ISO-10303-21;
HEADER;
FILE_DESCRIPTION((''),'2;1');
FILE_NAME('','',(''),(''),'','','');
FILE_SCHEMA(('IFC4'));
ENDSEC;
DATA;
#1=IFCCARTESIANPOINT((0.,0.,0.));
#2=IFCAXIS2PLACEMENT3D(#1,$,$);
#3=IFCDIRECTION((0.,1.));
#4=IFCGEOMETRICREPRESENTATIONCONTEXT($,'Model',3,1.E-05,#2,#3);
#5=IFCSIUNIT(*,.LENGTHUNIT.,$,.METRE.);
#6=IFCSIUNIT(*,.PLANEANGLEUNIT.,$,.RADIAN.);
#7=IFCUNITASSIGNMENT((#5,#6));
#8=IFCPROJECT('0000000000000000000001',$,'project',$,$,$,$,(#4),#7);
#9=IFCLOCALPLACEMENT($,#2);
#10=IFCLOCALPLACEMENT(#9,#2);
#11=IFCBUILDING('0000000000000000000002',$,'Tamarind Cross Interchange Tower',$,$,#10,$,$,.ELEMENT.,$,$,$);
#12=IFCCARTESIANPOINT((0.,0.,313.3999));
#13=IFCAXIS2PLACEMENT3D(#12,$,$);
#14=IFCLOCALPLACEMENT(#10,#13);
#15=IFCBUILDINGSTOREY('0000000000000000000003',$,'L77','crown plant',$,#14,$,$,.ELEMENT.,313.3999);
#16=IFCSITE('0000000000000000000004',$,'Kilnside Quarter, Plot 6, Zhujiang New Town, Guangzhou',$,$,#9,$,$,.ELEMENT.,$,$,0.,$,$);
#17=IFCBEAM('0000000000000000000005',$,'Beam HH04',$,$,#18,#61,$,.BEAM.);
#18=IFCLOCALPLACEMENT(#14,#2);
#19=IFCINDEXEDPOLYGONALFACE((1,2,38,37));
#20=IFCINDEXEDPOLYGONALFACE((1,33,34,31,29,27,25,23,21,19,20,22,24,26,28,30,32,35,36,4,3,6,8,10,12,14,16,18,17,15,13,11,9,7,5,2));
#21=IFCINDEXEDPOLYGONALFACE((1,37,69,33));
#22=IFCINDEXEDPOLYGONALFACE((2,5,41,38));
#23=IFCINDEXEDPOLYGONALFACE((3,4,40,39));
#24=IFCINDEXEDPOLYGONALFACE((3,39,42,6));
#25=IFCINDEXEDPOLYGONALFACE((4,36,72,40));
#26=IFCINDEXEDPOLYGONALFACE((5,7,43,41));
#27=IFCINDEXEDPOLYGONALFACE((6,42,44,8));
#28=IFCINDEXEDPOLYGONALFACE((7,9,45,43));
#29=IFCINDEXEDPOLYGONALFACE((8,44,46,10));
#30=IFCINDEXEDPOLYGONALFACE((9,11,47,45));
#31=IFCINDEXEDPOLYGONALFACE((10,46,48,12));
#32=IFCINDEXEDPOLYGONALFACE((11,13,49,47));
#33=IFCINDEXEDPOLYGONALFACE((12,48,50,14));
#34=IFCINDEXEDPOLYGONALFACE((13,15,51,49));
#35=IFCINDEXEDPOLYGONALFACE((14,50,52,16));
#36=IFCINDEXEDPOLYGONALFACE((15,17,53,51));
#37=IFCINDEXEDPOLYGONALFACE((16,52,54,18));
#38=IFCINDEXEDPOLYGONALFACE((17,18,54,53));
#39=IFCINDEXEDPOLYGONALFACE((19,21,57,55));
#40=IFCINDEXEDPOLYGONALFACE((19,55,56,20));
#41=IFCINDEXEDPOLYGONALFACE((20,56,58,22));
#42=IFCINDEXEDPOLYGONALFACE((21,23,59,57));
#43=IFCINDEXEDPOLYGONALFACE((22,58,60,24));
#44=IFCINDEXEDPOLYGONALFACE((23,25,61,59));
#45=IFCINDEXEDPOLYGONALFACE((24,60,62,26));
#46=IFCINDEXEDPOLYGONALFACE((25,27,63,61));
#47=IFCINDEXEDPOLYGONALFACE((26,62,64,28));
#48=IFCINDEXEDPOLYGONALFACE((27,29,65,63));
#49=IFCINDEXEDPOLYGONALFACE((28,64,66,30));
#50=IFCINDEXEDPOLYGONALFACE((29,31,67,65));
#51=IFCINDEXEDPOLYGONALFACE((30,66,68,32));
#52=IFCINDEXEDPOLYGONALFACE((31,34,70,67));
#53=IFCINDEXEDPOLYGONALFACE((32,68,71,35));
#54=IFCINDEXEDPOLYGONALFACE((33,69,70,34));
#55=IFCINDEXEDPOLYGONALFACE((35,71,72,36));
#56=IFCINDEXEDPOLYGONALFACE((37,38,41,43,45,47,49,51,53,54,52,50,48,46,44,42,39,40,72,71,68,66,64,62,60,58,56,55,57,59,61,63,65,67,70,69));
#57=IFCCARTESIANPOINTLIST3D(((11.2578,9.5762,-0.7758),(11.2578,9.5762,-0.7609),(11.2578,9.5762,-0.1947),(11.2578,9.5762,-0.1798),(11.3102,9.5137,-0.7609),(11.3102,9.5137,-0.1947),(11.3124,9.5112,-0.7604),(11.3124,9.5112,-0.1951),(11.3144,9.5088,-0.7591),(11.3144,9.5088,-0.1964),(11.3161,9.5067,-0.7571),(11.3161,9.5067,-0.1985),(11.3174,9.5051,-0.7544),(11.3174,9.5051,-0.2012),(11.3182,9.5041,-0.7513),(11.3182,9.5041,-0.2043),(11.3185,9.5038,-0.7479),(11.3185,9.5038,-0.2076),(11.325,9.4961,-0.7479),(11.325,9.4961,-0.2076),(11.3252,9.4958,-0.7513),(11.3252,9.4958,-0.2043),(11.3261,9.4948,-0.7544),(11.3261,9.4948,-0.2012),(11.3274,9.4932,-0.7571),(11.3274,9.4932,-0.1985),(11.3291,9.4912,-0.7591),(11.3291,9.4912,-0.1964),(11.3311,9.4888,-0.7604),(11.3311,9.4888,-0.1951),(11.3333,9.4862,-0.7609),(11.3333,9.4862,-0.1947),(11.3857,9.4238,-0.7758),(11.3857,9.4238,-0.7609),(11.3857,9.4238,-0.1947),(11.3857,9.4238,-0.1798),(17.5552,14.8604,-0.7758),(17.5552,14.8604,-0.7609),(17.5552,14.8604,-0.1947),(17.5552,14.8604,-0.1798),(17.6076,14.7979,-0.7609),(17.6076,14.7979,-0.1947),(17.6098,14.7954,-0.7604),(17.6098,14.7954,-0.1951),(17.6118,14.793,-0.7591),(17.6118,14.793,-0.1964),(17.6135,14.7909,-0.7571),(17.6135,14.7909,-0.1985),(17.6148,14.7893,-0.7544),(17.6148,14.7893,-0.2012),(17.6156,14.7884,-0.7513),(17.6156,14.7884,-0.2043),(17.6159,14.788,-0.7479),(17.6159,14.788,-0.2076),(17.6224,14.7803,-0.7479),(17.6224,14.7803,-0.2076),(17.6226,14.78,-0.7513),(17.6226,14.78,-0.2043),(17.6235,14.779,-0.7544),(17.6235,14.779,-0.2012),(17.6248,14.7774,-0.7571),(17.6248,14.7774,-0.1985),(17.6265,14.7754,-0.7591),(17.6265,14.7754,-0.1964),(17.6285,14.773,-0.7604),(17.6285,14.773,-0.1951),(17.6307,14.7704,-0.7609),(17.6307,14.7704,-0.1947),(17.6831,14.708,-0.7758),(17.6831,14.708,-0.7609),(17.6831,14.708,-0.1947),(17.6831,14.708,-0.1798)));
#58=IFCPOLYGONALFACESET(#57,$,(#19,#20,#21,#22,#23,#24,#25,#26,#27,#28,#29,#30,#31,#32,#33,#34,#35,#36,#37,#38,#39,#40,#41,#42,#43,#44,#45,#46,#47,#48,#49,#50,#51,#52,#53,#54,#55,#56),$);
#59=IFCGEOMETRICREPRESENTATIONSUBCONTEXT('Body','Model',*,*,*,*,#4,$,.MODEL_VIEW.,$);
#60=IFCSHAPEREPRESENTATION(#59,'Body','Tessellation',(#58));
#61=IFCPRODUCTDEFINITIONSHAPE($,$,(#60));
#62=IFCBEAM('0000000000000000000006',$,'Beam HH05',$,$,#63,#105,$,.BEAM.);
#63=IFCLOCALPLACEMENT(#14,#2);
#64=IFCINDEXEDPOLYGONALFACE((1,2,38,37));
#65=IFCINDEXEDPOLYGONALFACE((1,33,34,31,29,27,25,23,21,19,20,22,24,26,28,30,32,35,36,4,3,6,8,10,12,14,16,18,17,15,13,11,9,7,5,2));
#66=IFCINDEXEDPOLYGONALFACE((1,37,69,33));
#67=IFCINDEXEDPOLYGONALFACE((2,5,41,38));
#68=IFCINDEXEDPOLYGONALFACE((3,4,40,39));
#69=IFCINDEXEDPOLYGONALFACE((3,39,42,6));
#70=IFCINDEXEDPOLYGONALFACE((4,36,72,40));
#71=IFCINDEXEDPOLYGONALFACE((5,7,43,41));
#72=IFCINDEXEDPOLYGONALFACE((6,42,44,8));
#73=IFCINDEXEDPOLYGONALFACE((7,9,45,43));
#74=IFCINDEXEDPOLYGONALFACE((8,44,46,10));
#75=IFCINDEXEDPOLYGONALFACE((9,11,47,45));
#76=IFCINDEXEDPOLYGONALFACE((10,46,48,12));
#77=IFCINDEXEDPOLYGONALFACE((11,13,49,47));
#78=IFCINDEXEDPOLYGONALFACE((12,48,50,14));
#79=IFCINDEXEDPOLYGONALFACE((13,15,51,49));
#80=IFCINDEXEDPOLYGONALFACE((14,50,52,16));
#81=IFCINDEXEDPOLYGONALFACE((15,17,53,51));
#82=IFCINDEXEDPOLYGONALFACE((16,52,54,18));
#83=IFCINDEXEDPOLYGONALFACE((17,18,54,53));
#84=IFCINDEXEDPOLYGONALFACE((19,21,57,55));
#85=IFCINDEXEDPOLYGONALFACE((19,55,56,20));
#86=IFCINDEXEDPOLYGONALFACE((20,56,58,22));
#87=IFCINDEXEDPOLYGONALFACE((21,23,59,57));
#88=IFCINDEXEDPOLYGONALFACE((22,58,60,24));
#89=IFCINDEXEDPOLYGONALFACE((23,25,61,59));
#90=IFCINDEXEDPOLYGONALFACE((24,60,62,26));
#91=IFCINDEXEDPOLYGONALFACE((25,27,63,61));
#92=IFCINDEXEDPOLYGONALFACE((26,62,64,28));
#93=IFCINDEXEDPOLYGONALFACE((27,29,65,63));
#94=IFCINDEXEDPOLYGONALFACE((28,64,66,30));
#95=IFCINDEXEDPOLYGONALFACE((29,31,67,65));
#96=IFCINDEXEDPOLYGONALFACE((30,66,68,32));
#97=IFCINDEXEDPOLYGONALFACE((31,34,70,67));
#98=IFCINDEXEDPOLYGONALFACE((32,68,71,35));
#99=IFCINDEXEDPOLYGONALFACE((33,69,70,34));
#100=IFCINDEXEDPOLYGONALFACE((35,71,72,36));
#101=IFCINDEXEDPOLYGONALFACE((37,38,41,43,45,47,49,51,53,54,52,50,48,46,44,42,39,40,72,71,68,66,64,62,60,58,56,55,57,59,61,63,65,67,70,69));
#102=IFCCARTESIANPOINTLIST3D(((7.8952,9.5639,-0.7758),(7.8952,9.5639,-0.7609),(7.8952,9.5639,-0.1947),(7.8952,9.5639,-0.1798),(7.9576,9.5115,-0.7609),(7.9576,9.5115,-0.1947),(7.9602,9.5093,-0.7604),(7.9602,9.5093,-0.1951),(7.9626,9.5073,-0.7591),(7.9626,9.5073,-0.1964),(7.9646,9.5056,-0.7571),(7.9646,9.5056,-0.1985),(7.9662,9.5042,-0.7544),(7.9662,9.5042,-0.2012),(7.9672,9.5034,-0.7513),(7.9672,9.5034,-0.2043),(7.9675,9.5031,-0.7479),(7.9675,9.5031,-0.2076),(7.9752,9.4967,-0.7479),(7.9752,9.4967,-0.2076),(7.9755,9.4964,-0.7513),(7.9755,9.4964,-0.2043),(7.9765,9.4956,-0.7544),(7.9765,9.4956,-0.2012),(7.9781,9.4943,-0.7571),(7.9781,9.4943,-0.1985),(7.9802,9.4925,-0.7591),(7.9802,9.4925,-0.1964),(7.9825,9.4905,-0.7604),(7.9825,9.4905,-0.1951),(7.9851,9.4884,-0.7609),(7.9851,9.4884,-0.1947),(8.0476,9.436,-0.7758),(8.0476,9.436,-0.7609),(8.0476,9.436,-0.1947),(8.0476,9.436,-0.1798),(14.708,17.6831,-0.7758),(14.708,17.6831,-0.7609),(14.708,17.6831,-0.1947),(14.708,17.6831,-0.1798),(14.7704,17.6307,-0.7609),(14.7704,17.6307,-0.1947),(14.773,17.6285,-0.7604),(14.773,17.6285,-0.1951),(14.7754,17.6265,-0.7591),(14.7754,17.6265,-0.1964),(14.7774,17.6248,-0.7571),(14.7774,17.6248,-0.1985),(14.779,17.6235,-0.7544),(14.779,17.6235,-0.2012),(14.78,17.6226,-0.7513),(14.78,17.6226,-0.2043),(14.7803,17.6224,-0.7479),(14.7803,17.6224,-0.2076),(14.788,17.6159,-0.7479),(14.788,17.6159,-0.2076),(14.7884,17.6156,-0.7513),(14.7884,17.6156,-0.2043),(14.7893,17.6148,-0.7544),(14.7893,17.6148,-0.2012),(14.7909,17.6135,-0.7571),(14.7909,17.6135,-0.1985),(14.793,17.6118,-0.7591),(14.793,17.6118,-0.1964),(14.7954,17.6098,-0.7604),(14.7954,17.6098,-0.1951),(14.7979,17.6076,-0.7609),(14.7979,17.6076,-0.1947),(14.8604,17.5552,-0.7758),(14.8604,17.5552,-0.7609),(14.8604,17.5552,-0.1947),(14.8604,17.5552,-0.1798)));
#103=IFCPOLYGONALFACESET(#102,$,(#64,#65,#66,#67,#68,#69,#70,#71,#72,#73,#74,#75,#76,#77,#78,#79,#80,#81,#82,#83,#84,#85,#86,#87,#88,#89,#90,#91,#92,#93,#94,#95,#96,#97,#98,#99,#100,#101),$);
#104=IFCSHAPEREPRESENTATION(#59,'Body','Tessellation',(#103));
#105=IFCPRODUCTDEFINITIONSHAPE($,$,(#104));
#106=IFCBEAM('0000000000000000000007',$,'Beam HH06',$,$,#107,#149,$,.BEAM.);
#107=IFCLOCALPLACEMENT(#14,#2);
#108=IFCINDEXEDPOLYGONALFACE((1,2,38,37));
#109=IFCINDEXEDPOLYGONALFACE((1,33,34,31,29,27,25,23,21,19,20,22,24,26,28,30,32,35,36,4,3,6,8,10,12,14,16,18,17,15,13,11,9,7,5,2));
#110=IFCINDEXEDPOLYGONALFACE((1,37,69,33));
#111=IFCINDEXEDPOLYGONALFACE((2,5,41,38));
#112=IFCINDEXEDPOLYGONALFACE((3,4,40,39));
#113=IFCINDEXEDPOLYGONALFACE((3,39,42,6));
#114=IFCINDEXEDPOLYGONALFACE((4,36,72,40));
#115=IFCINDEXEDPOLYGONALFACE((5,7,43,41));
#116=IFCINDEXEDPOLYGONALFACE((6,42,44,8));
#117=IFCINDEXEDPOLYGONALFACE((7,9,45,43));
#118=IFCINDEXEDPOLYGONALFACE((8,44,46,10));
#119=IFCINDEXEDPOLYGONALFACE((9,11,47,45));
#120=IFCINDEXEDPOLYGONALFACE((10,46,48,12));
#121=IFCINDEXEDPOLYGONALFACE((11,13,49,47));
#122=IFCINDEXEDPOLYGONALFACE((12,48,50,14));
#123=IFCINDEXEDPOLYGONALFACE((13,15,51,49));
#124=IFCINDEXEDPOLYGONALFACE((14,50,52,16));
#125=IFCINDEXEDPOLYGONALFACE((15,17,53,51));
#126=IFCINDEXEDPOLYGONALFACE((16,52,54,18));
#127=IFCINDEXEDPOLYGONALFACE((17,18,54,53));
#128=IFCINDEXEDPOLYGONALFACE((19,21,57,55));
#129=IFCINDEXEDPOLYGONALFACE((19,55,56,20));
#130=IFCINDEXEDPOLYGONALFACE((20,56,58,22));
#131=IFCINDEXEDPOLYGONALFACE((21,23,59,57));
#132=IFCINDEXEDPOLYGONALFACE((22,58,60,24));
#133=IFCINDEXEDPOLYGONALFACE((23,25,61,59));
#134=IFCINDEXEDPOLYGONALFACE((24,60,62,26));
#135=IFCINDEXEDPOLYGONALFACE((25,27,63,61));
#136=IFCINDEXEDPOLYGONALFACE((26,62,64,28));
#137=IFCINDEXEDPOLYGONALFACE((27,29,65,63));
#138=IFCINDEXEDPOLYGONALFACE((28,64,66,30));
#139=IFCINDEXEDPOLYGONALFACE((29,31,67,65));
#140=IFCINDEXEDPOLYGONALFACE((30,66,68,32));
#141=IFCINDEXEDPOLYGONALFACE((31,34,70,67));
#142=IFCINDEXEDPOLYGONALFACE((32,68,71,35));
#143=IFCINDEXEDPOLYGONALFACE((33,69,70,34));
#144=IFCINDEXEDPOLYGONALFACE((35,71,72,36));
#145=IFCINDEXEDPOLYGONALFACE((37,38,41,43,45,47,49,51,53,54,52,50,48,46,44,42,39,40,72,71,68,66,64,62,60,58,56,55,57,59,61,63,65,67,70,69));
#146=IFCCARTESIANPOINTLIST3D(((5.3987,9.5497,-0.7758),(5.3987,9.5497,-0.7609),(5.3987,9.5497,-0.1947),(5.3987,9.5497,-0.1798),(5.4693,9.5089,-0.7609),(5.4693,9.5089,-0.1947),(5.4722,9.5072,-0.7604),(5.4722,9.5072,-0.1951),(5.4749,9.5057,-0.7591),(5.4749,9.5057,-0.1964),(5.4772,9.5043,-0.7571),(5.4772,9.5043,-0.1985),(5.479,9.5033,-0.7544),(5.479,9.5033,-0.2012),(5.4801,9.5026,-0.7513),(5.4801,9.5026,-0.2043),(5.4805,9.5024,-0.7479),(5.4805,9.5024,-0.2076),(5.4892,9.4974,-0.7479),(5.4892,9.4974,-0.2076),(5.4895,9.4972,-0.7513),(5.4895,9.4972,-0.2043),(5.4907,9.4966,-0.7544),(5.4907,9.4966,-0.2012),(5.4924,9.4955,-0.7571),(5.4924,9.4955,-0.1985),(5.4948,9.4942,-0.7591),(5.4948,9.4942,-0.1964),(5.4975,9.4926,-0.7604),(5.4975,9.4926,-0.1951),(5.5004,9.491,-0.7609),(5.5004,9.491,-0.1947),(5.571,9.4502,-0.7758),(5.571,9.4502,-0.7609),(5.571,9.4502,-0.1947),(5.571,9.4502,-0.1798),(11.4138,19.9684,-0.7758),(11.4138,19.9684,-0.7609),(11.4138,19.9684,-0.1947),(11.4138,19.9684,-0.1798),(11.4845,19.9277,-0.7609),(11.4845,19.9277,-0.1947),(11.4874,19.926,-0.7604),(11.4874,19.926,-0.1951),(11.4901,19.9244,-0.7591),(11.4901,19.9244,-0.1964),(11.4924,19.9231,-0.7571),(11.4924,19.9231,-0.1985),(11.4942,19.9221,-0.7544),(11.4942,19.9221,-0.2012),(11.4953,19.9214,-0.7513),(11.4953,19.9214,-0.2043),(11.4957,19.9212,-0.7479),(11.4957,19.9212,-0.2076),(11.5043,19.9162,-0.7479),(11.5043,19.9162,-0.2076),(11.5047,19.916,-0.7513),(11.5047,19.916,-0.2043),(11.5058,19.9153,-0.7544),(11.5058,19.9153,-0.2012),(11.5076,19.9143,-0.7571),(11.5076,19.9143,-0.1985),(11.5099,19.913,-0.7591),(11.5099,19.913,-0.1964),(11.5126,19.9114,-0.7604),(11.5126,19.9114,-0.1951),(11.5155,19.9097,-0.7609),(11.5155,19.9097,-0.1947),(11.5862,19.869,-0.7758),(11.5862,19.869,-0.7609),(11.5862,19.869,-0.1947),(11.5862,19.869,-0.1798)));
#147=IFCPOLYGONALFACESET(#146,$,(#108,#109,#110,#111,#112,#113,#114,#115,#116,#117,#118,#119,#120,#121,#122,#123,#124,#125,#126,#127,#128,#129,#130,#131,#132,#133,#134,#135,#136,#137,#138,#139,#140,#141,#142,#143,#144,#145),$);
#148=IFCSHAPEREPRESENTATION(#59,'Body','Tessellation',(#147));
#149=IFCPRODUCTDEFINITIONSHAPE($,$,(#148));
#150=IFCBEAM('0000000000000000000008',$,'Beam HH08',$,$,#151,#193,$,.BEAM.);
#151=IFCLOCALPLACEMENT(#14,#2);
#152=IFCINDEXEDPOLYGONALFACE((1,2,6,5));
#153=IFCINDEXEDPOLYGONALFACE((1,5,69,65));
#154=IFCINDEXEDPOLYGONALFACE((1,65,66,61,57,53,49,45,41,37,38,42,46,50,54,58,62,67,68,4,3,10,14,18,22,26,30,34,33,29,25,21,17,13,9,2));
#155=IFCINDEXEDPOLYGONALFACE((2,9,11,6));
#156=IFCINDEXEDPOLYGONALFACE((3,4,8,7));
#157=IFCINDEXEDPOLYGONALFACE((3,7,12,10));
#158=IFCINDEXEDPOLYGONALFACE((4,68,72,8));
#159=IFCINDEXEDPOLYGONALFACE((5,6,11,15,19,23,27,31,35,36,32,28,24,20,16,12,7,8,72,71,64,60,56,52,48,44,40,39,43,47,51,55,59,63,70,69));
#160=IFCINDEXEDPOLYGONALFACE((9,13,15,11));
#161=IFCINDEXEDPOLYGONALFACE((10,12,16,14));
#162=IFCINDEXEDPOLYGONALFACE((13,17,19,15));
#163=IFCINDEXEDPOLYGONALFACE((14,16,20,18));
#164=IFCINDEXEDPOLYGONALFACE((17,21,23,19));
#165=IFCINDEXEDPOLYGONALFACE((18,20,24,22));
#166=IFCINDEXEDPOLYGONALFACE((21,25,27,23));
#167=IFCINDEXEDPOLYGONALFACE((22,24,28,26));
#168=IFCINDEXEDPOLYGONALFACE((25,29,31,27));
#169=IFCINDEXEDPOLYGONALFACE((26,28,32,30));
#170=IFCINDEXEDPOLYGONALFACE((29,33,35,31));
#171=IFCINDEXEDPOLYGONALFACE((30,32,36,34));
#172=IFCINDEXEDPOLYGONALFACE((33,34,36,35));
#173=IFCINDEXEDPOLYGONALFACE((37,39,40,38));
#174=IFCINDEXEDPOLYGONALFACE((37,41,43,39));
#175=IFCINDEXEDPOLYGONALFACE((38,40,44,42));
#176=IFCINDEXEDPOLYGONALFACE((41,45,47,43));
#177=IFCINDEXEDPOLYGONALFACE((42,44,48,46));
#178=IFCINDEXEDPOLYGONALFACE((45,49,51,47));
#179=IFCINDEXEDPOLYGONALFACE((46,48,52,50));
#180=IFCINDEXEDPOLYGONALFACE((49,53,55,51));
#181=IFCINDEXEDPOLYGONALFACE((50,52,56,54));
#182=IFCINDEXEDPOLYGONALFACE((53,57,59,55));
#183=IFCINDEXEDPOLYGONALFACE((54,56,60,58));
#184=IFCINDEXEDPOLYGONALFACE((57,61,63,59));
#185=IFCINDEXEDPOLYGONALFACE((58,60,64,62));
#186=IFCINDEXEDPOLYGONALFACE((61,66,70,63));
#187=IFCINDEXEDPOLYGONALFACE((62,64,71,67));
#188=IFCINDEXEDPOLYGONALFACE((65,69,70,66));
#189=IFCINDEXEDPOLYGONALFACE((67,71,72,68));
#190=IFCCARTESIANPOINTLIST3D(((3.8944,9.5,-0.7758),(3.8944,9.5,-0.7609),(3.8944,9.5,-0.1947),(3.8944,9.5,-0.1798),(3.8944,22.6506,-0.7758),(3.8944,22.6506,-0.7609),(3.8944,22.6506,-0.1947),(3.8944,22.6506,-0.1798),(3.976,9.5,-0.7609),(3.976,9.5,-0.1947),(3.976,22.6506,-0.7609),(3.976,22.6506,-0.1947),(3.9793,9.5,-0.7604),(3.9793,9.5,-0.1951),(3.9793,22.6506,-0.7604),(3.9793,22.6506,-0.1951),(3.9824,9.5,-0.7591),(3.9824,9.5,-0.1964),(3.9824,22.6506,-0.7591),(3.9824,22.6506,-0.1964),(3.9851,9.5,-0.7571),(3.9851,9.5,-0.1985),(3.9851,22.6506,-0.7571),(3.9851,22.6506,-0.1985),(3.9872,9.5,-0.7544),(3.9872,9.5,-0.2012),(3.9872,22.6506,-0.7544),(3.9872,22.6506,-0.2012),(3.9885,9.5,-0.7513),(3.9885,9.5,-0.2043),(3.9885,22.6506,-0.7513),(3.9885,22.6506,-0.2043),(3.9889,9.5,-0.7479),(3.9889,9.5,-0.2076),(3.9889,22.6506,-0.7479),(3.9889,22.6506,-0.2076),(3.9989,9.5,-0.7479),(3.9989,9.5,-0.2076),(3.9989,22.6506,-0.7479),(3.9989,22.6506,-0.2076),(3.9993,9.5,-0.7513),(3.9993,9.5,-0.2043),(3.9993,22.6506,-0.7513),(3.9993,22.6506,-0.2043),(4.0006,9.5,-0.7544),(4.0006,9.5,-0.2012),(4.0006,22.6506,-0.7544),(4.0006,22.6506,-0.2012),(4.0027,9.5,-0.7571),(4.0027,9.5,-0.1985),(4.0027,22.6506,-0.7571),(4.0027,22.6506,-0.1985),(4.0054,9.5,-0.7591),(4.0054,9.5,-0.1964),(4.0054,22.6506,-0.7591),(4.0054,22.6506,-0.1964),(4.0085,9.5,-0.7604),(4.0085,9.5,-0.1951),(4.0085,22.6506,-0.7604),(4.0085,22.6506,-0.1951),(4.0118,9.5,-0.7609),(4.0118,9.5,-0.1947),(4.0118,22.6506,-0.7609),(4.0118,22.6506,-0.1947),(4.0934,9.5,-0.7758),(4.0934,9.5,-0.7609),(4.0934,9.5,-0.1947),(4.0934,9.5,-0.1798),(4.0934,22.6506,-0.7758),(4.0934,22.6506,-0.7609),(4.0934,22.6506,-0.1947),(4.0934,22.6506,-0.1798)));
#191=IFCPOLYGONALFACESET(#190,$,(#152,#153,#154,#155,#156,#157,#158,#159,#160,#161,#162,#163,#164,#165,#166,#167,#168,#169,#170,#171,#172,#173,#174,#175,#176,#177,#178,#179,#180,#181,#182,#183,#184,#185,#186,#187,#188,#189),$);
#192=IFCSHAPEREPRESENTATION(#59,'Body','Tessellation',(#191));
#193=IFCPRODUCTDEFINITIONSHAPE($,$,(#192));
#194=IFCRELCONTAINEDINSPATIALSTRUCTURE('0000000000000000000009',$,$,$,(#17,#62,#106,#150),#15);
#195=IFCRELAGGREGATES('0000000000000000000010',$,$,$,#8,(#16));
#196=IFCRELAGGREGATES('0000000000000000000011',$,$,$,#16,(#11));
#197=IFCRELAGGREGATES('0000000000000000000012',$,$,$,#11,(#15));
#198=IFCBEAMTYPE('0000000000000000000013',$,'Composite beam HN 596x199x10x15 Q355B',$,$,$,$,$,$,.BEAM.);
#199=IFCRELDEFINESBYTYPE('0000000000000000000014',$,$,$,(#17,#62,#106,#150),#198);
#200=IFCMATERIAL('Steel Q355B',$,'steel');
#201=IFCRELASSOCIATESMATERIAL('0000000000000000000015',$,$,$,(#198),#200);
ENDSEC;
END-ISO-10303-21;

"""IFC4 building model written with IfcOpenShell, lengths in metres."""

from ifc_helpers import new_model, si_unit, direction, frame, origin, origin_2d, place, context, subcontext, project, spatial, i_section, extrude, material, material_profile, profile_set, type_object, element, save


model = new_model("IFC4")

# Units and contexts
model_context = context("Model", 3, precision=1e-05, world=origin(), true_north=direction((0.0, 1.0)))
body_context = subcontext(model_context, "Body", "Model", "MODEL_VIEW")
ifc_project = project(units=[si_unit("LENGTHUNIT", "METRE"), si_unit("PLANEANGLEUNIT", "RADIAN")], contexts=[model_context])

# Site, building, storey
site_placement = place(None, origin())
site = spatial("IfcSite", under=ifc_project, at=site_placement, Name="Kilnside Quarter, Plot 6, Zhujiang New Town, Guangzhou", CompositionType="ELEMENT", RefElevation=0.0)
building_placement = place(site_placement, origin())
building = spatial("IfcBuilding", under=site, at=building_placement, Name="Tamarind Cross Interchange Tower", CompositionType="ELEMENT")
storey_placement = place(building_placement, frame((0.0, 0.0, 313.3999)))
storey = spatial("IfcBuildingStorey", under=building, at=storey_placement, Name="L77", Description="crown plant", CompositionType="ELEMENT", Elevation=313.3999)

# Beams
ifc_material_1 = material(Name="Steel Q355B", Category="steel")
ifc_material_profile_1 = material_profile(ifc_material_1, i_section(OverallWidth=0.199, OverallDepth=0.5959, WebThickness=0.01, FlangeThickness=0.0149, FilletRadius=0.0129, at=origin_2d()), Name="HN 596x199x10x15")
ifc_profile_set_1 = profile_set([ifc_material_profile_1], Name="Steel Q355B")
beam_type = type_object("IfcBeamType", Name="Composite beam HN 596x199x10x15 Q355B", PredefinedType="BEAM", material=ifc_profile_set_1)
beam_1_placement = place(storey_placement, frame((17.6191, 14.7842, -0.4778), z_axis=(-0.766041, -0.642792, 0.0), x_axis=(0.642792, -0.766041, 0.0)))
element("IfcBeam", 1, at=beam_1_placement, inside=storey, type_object=beam_type, Name="Beam HH04", PredefinedType="BEAM", context=body_context, shape_type="SweptSolid", body=[
    extrude(i_section(OverallWidth=0.199, OverallDepth=0.5959, WebThickness=0.01, FlangeThickness=0.0149, FilletRadius=0.0129, at=origin_2d()), origin(), (0.0, 0.0, 1.0), 8.2207),
])
beam_2_placement = place(storey_placement, frame((14.7842, 17.6191, -0.4778), z_axis=(-0.642786, -0.766046, 0.0), x_axis=(0.766046, -0.642786, 0.0)))
element("IfcBeam", 2, at=beam_2_placement, inside=storey, type_object=beam_type, Name="Beam HH05", PredefinedType="BEAM", context=body_context, shape_type="SweptSolid", body=[
    extrude(i_section(OverallWidth=0.199, OverallDepth=0.5959, WebThickness=0.01, FlangeThickness=0.0149, FilletRadius=0.0129, at=origin_2d()), origin(), (0.0, 0.0, 1.0), 10.5989),
])
beam_3_placement = place(storey_placement, frame((11.5, 19.9187, -0.4778), z_axis=(-0.499994, -0.866029, 0.0), x_axis=(0.866029, -0.499994, 0.0)))
element("IfcBeam", 3, at=beam_3_placement, inside=storey, type_object=beam_type, Name="Beam HH06", PredefinedType="BEAM", context=body_context, shape_type="SweptSolid", body=[
    extrude(i_section(OverallWidth=0.199, OverallDepth=0.5959, WebThickness=0.01, FlangeThickness=0.0149, FilletRadius=0.0129, at=origin_2d()), origin(), (0.0, 0.0, 1.0), 12.0305),
])
beam_4_placement = place(storey_placement, frame((3.9939, 22.6506, -0.4778), z_axis=(0.0, -1.0, 0.0), x_axis=(1.0, 0.0, 0.0)))
element("IfcBeam", 4, at=beam_4_placement, inside=storey, type_object=beam_type, Name="Beam HH08", PredefinedType="BEAM", context=body_context, shape_type="SweptSolid", body=[
    extrude(i_section(OverallWidth=0.199, OverallDepth=0.5959, WebThickness=0.01, FlangeThickness=0.0149, FilletRadius=0.0129, at=origin_2d()), origin(), (0.0, 0.0, 1.0), 13.1506),
])

save(model, "model.ifc")
